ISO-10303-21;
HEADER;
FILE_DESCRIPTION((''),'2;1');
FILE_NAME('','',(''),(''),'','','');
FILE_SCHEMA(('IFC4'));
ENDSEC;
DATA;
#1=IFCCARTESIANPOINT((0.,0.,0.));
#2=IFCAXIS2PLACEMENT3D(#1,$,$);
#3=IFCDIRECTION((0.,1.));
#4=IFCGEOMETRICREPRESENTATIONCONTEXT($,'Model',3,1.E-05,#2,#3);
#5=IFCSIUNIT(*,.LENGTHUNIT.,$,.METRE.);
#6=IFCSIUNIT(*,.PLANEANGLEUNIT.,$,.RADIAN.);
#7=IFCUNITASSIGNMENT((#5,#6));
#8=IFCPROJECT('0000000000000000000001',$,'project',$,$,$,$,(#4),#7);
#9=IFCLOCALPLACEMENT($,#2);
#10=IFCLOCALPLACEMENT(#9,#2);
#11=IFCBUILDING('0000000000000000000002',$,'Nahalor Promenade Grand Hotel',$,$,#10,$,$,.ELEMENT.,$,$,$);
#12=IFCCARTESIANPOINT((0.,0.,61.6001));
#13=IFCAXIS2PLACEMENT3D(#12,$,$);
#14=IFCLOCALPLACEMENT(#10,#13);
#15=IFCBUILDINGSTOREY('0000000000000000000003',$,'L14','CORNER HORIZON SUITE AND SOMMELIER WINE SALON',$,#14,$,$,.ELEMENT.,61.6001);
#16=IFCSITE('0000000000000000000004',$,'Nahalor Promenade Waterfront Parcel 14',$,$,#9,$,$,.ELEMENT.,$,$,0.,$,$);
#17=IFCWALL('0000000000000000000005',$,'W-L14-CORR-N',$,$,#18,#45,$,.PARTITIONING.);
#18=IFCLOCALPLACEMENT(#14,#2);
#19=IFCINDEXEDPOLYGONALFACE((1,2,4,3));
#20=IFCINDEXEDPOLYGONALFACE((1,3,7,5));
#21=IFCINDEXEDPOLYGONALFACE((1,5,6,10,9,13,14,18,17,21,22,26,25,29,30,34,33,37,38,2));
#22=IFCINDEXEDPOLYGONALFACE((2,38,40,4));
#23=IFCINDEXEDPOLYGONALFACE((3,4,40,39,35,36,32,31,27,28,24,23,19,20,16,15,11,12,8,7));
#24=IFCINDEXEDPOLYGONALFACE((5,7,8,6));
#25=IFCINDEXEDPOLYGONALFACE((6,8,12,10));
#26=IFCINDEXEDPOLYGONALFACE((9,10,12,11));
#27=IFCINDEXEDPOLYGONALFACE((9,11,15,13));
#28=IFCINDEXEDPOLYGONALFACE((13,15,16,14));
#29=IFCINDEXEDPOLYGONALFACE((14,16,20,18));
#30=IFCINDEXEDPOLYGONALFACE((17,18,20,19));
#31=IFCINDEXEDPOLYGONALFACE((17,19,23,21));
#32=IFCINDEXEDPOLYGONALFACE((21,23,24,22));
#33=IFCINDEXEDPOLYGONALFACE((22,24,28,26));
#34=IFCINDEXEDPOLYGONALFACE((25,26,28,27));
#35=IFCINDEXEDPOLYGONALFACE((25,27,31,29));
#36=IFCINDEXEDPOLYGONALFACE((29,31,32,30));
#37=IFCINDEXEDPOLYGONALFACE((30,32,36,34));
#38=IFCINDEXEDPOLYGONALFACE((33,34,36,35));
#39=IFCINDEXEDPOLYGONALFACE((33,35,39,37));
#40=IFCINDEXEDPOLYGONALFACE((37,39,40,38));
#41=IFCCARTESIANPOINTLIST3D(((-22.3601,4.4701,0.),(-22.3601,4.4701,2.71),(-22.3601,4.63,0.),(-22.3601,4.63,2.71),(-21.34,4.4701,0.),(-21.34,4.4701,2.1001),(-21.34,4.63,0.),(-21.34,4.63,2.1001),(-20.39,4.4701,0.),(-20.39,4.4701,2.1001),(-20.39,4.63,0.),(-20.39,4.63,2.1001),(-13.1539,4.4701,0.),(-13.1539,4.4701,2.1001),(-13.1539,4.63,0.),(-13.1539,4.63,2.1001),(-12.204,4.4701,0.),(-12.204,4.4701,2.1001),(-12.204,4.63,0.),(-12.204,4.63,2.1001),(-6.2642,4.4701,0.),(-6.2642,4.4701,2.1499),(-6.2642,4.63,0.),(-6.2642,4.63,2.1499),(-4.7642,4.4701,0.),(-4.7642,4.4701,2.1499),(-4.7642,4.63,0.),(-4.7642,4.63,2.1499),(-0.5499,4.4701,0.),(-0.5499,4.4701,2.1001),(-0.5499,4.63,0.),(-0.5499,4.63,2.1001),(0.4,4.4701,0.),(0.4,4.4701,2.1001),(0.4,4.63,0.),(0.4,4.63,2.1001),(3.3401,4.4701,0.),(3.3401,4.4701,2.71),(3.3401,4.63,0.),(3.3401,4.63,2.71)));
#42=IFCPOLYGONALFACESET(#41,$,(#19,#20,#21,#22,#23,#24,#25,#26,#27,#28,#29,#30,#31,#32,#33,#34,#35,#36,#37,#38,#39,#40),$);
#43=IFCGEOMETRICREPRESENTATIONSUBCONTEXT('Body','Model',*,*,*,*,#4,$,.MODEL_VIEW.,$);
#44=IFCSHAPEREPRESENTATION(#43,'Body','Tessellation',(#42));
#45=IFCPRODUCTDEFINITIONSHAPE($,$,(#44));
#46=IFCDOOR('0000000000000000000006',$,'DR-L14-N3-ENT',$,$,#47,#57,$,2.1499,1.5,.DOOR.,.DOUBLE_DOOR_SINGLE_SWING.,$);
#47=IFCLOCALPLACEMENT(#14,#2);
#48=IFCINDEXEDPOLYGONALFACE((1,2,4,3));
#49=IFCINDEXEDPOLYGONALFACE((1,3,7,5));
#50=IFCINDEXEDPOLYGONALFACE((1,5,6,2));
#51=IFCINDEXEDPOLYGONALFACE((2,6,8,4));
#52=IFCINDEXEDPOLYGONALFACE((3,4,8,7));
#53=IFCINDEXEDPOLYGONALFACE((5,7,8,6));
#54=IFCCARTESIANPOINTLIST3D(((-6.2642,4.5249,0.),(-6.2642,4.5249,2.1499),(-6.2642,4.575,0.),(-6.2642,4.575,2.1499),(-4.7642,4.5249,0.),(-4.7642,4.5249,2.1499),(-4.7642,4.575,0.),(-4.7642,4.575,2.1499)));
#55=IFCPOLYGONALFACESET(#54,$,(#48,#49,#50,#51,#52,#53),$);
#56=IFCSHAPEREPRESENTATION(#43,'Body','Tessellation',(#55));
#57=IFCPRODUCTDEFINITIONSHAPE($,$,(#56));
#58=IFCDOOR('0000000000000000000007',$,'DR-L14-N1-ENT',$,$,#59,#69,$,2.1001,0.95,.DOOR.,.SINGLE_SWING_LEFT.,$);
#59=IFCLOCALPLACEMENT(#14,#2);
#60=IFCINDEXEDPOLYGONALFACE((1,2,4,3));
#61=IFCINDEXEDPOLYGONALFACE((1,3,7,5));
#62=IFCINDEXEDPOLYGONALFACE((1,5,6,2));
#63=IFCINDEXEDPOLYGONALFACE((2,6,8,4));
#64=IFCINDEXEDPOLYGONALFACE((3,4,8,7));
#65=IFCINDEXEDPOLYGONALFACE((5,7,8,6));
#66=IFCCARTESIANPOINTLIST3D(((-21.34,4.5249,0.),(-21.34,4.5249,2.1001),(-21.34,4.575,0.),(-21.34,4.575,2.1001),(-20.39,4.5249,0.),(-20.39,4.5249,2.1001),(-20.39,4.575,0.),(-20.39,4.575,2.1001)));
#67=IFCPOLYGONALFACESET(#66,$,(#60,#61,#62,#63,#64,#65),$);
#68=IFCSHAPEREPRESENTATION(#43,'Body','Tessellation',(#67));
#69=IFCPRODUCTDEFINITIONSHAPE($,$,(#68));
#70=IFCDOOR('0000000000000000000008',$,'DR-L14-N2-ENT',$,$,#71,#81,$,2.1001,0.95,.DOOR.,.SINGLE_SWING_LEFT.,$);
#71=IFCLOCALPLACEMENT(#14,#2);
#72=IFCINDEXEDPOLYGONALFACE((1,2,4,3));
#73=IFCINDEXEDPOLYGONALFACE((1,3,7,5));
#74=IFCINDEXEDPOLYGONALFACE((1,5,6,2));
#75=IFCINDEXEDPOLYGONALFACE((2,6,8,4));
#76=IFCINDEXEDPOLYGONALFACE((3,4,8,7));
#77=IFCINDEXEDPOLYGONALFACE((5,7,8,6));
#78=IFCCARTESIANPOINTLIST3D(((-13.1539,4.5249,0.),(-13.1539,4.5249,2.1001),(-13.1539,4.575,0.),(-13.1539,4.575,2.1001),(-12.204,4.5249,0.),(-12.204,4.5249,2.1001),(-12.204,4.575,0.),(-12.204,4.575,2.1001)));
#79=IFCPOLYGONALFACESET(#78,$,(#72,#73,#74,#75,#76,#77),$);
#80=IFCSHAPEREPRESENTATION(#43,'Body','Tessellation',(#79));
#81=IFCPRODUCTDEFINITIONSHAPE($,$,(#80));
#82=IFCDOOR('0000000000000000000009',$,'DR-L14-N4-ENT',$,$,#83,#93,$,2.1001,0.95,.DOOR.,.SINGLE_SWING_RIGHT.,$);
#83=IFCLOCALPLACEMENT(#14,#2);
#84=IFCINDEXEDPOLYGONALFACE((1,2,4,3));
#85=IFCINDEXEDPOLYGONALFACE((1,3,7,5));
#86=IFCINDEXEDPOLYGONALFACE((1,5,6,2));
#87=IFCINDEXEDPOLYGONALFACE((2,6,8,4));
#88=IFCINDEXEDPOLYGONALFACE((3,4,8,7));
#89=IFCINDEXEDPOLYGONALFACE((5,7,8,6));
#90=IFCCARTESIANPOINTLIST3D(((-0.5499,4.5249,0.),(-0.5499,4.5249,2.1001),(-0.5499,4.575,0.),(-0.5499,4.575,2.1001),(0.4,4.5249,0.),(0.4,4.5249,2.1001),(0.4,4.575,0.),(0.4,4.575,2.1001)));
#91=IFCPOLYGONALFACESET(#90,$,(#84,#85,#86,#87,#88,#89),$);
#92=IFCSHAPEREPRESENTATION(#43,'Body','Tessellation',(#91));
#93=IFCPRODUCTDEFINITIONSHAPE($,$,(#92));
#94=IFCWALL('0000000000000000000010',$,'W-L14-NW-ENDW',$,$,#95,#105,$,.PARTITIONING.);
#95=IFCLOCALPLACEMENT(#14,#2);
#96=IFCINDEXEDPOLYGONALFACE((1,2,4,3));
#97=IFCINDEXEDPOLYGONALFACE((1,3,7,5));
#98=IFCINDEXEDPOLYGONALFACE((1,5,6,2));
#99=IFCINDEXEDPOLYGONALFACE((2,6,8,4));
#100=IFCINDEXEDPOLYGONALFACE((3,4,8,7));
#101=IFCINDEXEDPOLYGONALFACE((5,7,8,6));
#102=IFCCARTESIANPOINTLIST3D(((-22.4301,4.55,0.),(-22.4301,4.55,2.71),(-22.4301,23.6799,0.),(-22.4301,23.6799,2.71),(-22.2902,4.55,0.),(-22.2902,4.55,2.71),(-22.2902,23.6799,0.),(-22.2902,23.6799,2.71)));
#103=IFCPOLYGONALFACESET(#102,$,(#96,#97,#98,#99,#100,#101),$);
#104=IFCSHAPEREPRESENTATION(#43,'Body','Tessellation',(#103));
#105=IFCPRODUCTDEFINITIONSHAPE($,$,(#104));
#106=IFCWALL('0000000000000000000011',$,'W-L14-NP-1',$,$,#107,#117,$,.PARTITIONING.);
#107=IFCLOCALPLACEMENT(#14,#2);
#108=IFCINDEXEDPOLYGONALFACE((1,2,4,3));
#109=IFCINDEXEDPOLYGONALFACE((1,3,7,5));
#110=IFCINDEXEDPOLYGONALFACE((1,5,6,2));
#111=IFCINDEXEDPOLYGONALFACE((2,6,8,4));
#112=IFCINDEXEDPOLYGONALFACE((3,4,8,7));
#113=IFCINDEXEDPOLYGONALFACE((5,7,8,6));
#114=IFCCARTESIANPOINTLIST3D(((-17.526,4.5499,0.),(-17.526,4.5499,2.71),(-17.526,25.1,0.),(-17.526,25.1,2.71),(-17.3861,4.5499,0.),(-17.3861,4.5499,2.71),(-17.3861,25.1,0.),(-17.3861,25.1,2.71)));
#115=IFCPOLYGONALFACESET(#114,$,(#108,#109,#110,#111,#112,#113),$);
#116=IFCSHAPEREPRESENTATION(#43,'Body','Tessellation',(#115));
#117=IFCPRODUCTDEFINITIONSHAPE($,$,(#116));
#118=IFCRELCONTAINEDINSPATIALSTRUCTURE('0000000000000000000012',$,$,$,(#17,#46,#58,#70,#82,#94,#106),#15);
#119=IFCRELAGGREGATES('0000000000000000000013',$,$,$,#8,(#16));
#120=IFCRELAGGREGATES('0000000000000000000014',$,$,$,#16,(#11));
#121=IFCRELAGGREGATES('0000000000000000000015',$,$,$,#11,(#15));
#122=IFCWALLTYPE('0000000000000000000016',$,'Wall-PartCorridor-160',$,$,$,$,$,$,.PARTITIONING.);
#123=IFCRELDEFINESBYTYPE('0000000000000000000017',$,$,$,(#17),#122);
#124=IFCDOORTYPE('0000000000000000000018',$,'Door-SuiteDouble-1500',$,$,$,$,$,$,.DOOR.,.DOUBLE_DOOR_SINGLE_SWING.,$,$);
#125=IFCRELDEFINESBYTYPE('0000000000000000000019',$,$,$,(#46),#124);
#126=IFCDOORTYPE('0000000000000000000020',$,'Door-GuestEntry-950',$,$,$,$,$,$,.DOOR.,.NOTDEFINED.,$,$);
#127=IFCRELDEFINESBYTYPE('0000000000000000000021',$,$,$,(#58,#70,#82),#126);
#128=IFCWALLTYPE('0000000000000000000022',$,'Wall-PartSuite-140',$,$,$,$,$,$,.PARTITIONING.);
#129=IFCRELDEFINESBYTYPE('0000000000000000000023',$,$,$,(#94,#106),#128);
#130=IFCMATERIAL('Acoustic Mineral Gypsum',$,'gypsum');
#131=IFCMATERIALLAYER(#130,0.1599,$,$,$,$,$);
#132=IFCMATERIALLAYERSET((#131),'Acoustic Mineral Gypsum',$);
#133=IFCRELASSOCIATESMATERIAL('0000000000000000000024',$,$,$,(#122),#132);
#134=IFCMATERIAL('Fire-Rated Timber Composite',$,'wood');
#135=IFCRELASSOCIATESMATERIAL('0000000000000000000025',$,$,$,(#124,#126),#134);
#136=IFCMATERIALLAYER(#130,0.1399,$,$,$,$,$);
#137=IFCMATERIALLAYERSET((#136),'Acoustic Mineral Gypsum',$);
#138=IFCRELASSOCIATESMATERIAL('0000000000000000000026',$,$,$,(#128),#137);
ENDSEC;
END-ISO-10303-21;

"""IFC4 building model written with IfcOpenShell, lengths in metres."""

from ifc_helpers import new_model, si_unit, direction, frame, frame_2d, origin, place, context, subcontext, project, spatial, rectangle, extrude, source, transform, mapped, material, layer, layer_set, type_object, element, fill, save


model = new_model("IFC4")

# Units and contexts
model_context = context("Model", 3, precision=1e-05, world=origin(), true_north=direction((0.0, 1.0)))
body_context = subcontext(model_context, "Body", "Model", "MODEL_VIEW")
ifc_project = project(units=[si_unit("LENGTHUNIT", "METRE"), si_unit("PLANEANGLEUNIT", "RADIAN")], contexts=[model_context])

# Site, building, storey
site_placement = place(None, origin())
site = spatial("IfcSite", under=ifc_project, at=site_placement, Name="Nahalor Promenade Waterfront Parcel 14", CompositionType="ELEMENT", RefElevation=0.0)
building_placement = place(site_placement, origin())
building = spatial("IfcBuilding", under=site, at=building_placement, Name="Nahalor Promenade Grand Hotel", CompositionType="ELEMENT")
storey_placement = place(building_placement, frame((0.0, 0.0, 61.6001)))
storey = spatial("IfcBuildingStorey", under=building, at=storey_placement, Name="L14", Description="CORNER HORIZON SUITE AND SOMMELIER WINE SALON", CompositionType="ELEMENT", Elevation=61.6001)

# Wall, openings, doors
ifc_material_1 = material(Name="Acoustic Mineral Gypsum", Category="gypsum")
ifc_layer_1 = layer(ifc_material_1, 0.1599)
ifc_layer_set_1 = layer_set([ifc_layer_1], Name="Acoustic Mineral Gypsum")
wall_type_1 = type_object("IfcWallType", Name="Wall-PartCorridor-160", PredefinedType="PARTITIONING", material=ifc_layer_set_1)
shared_shape_1 = source(origin(), body_context, "Body", "SweptSolid", [
    extrude(rectangle(XDim=25.7002, YDim=0.1599, at=frame_2d((12.8501, 0.0))), origin(), (0.0, 0.0, 1.0), 2.71),
])
wall_1_placement = place(storey_placement, frame((-22.3601, 4.55, 0.0), z_axis=(0.0, 0.0, 1.0), x_axis=(1.0, 0.0, 0.0)))
wall_1 = element("IfcWall", 1, at=wall_1_placement, inside=storey, type_object=wall_type_1, Name="W-L14-CORR-N", PredefinedType="PARTITIONING", context=body_context, shape_type="MappedRepresentation", body=[
    mapped(shared_shape_1, transform((0.0, 0.0, 0.0), scale=1.0)),
])
opening_1_placement = place(wall_1_placement, frame((1.02, 0.0, 0.0)))
opening_1 = element("IfcOpeningElement", 2, at=opening_1_placement, cuts=wall_1, PredefinedType="OPENING", context=body_context, shape_type="SweptSolid", body=[
    extrude(rectangle(XDim=0.95, YDim=2.1001, at=frame_2d((0.4751, 1.05))), frame((0.0, 0.0898, 0.0), z_axis=(0.0, -1.0, 0.0), x_axis=(1.0, 0.0, 0.0)), (0.0, 0.0, 1.0), 0.1799),
])
opening_2_placement = place(wall_1_placement, frame((9.2061, 0.0, 0.0)))
opening_2 = element("IfcOpeningElement", 3, at=opening_2_placement, cuts=wall_1, PredefinedType="OPENING", context=body_context, shape_type="SweptSolid", body=[
    extrude(rectangle(XDim=0.95, YDim=2.1001, at=frame_2d((0.4751, 1.05))), frame((0.0, 0.0898, 0.0), z_axis=(0.0, -1.0, 0.0), x_axis=(1.0, 0.0, 0.0)), (0.0, 0.0, 1.0), 0.1799),
])
opening_3_placement = place(wall_1_placement, frame((16.0959, 0.0, 0.0)))
opening_3 = element("IfcOpeningElement", 4, at=opening_3_placement, cuts=wall_1, PredefinedType="OPENING", context=body_context, shape_type="SweptSolid", body=[
    extrude(rectangle(XDim=1.5, YDim=2.1499, at=frame_2d((0.75, 1.075))), frame((0.0, 0.0898, 0.0), z_axis=(0.0, -1.0, 0.0), x_axis=(1.0, 0.0, 0.0)), (0.0, 0.0, 1.0), 0.1799),
])
opening_4_placement = place(wall_1_placement, frame((21.8101, 0.0, 0.0)))
opening_4 = element("IfcOpeningElement", 5, at=opening_4_placement, cuts=wall_1, PredefinedType="OPENING", context=body_context, shape_type="SweptSolid", body=[
    extrude(rectangle(XDim=0.95, YDim=2.1001, at=frame_2d((0.4751, 1.05))), frame((0.0, 0.0898, 0.0), z_axis=(0.0, -1.0, 0.0), x_axis=(1.0, 0.0, 0.0)), (0.0, 0.0, 1.0), 0.1799),
])
ifc_material_2 = material(Name="Fire-Rated Timber Composite", Category="wood")
door_type_1 = type_object("IfcDoorType", Name="Door-SuiteDouble-1500", OperationType="DOUBLE_DOOR_SINGLE_SWING", PredefinedType="DOOR", material=ifc_material_2)
shared_shape_2 = source(origin(), body_context, "Body", "SweptSolid", [
    extrude(rectangle(XDim=1.5, YDim=2.1499, at=frame_2d((0.75, 1.075))), frame((0.0, 0.0249, 0.0), z_axis=(0.0, -1.0, 0.0), x_axis=(1.0, 0.0, 0.0)), (0.0, 0.0, 1.0), 0.05),
])
door_1_placement = place(opening_3_placement, origin())
door_1 = element("IfcDoor", 6, at=door_1_placement, inside=storey, type_object=door_type_1, Name="DR-L14-N3-ENT", OperationType="DOUBLE_DOOR_SINGLE_SWING", OverallHeight=2.1499, OverallWidth=1.5, PredefinedType="DOOR", context=body_context, shape_type="MappedRepresentation", body=[
    mapped(shared_shape_2, transform((0.0, 0.0, 0.0), scale=1.0)),
])
fill(opening_3, door_1)
door_type_2 = type_object("IfcDoorType", Name="Door-GuestEntry-950", OperationType="NOTDEFINED", PredefinedType="DOOR", material=ifc_material_2)
shared_shape_3 = source(origin(), body_context, "Body", "SweptSolid", [
    extrude(rectangle(XDim=0.95, YDim=2.1001, at=frame_2d((0.4751, 1.05))), frame((0.0, 0.0249, 0.0), z_axis=(0.0, -1.0, 0.0), x_axis=(1.0, 0.0, 0.0)), (0.0, 0.0, 1.0), 0.05),
])
door_2_placement = place(opening_1_placement, origin())
door_2 = element("IfcDoor", 7, at=door_2_placement, inside=storey, type_object=door_type_2, Name="DR-L14-N1-ENT", OperationType="SINGLE_SWING_LEFT", OverallHeight=2.1001, OverallWidth=0.95, PredefinedType="DOOR", context=body_context, shape_type="MappedRepresentation", body=[
    mapped(shared_shape_3, transform((0.0, 0.0, 0.0), scale=1.0)),
])
fill(opening_1, door_2)
door_3_placement = place(opening_2_placement, origin())
door_3 = element("IfcDoor", 8, at=door_3_placement, inside=storey, type_object=door_type_2, Name="DR-L14-N2-ENT", OperationType="SINGLE_SWING_LEFT", OverallHeight=2.1001, OverallWidth=0.95, PredefinedType="DOOR", context=body_context, shape_type="MappedRepresentation", body=[
    mapped(shared_shape_3, transform((0.0, 0.0, 0.0), scale=1.0)),
])
fill(opening_2, door_3)
door_4_placement = place(opening_4_placement, origin())
door_4 = element("IfcDoor", 9, at=door_4_placement, inside=storey, type_object=door_type_2, Name="DR-L14-N4-ENT", OperationType="SINGLE_SWING_RIGHT", OverallHeight=2.1001, OverallWidth=0.95, PredefinedType="DOOR", context=body_context, shape_type="MappedRepresentation", body=[
    mapped(shared_shape_3, transform((0.0, 0.0, 0.0), scale=1.0)),
])
fill(opening_4, door_4)

# Walls
ifc_layer_2 = layer(ifc_material_1, 0.1399)
ifc_layer_set_2 = layer_set([ifc_layer_2], Name="Acoustic Mineral Gypsum")
wall_type_2 = type_object("IfcWallType", Name="Wall-PartSuite-140", PredefinedType="PARTITIONING", material=ifc_layer_set_2)
shared_shape_4 = source(origin(), body_context, "Body", "SweptSolid", [
    extrude(rectangle(XDim=19.1299, YDim=0.1399, at=frame_2d((9.5649, 0.0))), origin(), (0.0, 0.0, 1.0), 2.71),
])
wall_2_placement = place(storey_placement, frame((-22.3601, 4.55, 0.0), z_axis=(0.0, 0.0, 1.0), x_axis=(0.0, 1.0, 0.0)))
element("IfcWall", 10, at=wall_2_placement, inside=storey, type_object=wall_type_2, Name="W-L14-NW-ENDW", PredefinedType="PARTITIONING", context=body_context, shape_type="MappedRepresentation", body=[
    mapped(shared_shape_4, transform((0.0, 0.0, 0.0), scale=1.0)),
])
shared_shape_5 = source(origin(), body_context, "Body", "SweptSolid", [
    extrude(rectangle(XDim=20.55, YDim=0.1399, at=frame_2d((10.2749, 0.0))), origin(), (0.0, 0.0, 1.0), 2.71),
])
wall_3_placement = place(storey_placement, frame((-17.4561, 4.55, 0.0), z_axis=(0.0, 0.0, 1.0), x_axis=(0.0, 1.0, 0.0)))
element("IfcWall", 11, at=wall_3_placement, inside=storey, type_object=wall_type_2, Name="W-L14-NP-1", PredefinedType="PARTITIONING", context=body_context, shape_type="MappedRepresentation", body=[
    mapped(shared_shape_5, transform((0.0, 0.0, 0.0), scale=1.0)),
])

save(model, "model.ifc")
